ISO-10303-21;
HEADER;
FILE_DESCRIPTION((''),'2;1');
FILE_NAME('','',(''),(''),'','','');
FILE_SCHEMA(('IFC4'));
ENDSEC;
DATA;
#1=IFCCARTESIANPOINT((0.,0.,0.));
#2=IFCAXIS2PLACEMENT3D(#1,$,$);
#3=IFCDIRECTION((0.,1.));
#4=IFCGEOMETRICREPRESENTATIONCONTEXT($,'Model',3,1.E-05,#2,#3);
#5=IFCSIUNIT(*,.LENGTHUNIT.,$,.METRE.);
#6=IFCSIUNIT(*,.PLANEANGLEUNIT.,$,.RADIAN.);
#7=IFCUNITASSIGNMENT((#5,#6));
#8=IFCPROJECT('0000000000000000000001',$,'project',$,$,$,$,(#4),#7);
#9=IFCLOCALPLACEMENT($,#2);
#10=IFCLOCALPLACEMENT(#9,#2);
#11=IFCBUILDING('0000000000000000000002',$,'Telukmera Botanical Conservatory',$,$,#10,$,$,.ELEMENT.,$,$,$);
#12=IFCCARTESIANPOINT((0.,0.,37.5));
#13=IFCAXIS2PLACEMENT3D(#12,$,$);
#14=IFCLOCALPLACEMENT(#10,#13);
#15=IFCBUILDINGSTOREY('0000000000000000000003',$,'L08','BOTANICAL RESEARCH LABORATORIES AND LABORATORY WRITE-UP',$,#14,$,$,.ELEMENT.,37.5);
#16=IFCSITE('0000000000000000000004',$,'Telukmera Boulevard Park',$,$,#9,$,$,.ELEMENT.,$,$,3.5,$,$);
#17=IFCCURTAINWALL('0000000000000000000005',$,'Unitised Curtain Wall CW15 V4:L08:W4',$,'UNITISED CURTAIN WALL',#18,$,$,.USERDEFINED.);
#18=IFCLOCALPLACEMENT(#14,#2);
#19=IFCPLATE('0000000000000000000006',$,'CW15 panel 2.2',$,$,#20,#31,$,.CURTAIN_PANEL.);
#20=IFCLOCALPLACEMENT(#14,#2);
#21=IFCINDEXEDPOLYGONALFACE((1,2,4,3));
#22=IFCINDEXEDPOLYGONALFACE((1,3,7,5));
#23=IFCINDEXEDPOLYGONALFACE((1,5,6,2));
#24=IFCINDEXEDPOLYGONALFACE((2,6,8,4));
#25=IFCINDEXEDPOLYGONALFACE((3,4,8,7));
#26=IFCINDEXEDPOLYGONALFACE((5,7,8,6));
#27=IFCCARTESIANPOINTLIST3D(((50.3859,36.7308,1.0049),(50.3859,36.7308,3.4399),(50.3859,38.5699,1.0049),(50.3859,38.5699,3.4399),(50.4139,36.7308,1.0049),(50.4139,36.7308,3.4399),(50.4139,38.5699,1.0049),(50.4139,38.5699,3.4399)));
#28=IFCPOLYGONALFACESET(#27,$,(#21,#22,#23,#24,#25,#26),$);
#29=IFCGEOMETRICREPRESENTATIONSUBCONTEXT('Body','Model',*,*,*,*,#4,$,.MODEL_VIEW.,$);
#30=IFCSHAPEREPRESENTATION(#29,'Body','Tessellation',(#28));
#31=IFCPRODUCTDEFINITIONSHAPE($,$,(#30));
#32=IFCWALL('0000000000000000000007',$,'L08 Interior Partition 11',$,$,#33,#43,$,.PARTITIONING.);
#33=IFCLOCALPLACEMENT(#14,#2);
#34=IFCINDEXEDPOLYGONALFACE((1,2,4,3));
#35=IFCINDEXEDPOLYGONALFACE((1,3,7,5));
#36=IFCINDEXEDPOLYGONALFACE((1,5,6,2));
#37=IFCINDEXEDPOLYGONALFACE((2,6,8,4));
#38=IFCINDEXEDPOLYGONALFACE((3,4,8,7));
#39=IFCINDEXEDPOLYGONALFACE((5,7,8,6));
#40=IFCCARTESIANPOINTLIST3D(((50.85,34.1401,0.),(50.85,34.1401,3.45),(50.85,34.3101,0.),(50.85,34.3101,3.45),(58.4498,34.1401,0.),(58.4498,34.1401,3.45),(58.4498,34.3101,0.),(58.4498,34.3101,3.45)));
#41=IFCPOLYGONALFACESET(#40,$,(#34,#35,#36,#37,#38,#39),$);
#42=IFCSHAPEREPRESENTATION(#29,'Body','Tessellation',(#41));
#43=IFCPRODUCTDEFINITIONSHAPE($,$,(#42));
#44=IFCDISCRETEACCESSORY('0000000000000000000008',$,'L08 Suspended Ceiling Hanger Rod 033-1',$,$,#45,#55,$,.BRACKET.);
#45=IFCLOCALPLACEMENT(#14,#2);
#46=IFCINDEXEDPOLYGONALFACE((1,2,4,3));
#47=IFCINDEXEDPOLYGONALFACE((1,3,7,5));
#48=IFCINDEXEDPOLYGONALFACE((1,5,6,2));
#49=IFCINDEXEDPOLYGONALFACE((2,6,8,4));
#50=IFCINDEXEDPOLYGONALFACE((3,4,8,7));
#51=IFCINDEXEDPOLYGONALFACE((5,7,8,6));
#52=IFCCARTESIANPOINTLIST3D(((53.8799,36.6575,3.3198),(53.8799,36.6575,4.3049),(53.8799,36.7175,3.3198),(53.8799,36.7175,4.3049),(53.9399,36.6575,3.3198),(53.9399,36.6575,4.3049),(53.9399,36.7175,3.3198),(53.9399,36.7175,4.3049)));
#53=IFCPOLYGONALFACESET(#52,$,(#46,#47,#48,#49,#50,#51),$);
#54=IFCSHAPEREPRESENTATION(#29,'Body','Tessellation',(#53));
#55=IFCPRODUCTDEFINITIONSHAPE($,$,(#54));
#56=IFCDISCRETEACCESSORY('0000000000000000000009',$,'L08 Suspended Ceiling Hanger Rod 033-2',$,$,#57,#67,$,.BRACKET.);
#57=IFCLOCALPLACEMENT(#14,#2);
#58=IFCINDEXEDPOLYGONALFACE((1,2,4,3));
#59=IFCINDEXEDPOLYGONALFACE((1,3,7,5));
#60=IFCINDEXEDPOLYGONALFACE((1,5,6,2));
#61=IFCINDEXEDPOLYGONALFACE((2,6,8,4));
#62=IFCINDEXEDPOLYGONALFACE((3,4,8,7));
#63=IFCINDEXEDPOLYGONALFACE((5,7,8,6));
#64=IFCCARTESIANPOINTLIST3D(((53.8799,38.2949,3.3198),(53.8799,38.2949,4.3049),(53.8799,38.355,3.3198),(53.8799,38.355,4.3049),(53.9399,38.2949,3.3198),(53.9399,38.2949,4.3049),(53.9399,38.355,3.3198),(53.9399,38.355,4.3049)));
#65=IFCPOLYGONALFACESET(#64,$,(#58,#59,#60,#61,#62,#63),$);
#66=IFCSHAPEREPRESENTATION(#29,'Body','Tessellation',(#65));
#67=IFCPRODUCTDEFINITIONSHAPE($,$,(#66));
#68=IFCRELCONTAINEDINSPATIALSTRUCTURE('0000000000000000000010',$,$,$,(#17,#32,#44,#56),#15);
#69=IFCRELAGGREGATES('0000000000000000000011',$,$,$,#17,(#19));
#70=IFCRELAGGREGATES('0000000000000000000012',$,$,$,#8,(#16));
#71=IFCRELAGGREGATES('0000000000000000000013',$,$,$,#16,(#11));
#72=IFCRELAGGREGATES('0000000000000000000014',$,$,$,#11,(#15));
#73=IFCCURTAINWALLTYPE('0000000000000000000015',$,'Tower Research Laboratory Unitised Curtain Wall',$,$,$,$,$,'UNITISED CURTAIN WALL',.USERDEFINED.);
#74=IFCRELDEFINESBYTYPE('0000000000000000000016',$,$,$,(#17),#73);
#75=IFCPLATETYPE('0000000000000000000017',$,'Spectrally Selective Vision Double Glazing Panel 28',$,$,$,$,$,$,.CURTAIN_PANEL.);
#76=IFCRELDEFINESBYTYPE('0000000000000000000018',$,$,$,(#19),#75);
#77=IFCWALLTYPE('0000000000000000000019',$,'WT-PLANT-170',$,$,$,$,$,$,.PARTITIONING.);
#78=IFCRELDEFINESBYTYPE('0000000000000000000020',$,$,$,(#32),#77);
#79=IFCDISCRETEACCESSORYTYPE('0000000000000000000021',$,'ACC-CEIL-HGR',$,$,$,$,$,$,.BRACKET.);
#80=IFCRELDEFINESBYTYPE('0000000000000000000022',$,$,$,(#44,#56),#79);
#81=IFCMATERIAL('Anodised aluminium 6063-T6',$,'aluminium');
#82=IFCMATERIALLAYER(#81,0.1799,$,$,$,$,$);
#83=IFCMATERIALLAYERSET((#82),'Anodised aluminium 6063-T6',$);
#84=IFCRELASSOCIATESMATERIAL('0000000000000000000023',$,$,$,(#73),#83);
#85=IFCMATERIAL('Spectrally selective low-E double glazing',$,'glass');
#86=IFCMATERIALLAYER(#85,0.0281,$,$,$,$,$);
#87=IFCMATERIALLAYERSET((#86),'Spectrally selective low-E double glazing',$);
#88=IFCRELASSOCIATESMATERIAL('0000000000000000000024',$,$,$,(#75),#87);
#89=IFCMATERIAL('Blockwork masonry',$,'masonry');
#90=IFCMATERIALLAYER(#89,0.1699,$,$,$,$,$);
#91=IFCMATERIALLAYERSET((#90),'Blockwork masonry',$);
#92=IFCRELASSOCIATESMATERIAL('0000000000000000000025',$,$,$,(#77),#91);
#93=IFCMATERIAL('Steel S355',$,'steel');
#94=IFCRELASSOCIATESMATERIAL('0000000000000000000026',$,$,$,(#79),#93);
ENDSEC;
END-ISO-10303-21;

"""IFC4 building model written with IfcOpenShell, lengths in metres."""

from ifc_helpers import new_model, si_unit, direction, frame, frame_2d, origin, origin_2d, place, context, subcontext, project, spatial, rectangle, extrude, material, layer, layer_set, type_object, element, aggregate, save


model = new_model("IFC4")

# Units and contexts
model_context = context("Model", 3, precision=1e-05, world=origin(), true_north=direction((0.0, 1.0)))
body_context = subcontext(model_context, "Body", "Model", "MODEL_VIEW")
ifc_project = project(units=[si_unit("LENGTHUNIT", "METRE"), si_unit("PLANEANGLEUNIT", "RADIAN")], contexts=[model_context])

# Site, building, storey
site_placement = place(None, origin())
site = spatial("IfcSite", under=ifc_project, at=site_placement, Name="Telukmera Boulevard Park", CompositionType="ELEMENT", RefElevation=3.5)
building_placement = place(site_placement, origin())
building = spatial("IfcBuilding", under=site, at=building_placement, Name="Telukmera Botanical Conservatory", CompositionType="ELEMENT")
storey_placement = place(building_placement, frame((0.0, 0.0, 37.5)))
storey = spatial("IfcBuildingStorey", under=building, at=storey_placement, Name="L08", Description="BOTANICAL RESEARCH LABORATORIES AND LABORATORY WRITE-UP", CompositionType="ELEMENT", Elevation=37.5)

# Curtain wall, plate
ifc_material_1 = material(Name="Anodised aluminium 6063-T6", Category="aluminium")
ifc_layer_1 = layer(ifc_material_1, 0.1799)
ifc_layer_set_1 = layer_set([ifc_layer_1], Name="Anodised aluminium 6063-T6")
curtain_wall_type = type_object("IfcCurtainWallType", Name="Tower Research Laboratory Unitised Curtain Wall", ElementType="UNITISED CURTAIN WALL", PredefinedType="USERDEFINED", material=ifc_layer_set_1)
curtain_wall_placement = place(storey_placement, origin())
curtain_wall = element("IfcCurtainWall", 1, at=curtain_wall_placement, inside=storey, type_object=curtain_wall_type, Name="Unitised Curtain Wall CW15 V4:L08:W4", ObjectType="UNITISED CURTAIN WALL", PredefinedType="USERDEFINED")
ifc_material_2 = material(Name="Spectrally selective low-E double glazing", Category="glass")
ifc_layer_2 = layer(ifc_material_2, 0.0281)
ifc_layer_set_2 = layer_set([ifc_layer_2], Name="Spectrally selective low-E double glazing")
plate_type = type_object("IfcPlateType", Name="Spectrally Selective Vision Double Glazing Panel 28", PredefinedType="CURTAIN_PANEL", material=ifc_layer_set_2)
plate_1_placement = place(storey_placement, frame((50.3999, 37.6504, 1.0049), z_axis=(0.0, 0.0, 1.0), x_axis=(0.0, 1.0, 0.0)))
plate_1 = element("IfcPlate", 2, at=plate_1_placement, type_object=plate_type, Name="CW15 panel 2.2", PredefinedType="CURTAIN_PANEL", context=body_context, shape_type="SweptSolid", body=[
    extrude(rectangle(XDim=1.8391, YDim=0.0281, at=origin_2d()), origin(), (0.0, 0.0, 1.0), 2.4351),
])
aggregate(curtain_wall, [plate_1])

# Wall
ifc_material_3 = material(Name="Blockwork masonry", Category="masonry")
ifc_layer_3 = layer(ifc_material_3, 0.1699)
ifc_layer_set_3 = layer_set([ifc_layer_3], Name="Blockwork masonry")
wall_type = type_object("IfcWallType", Name="WT-PLANT-170", PredefinedType="PARTITIONING", material=ifc_layer_set_3)
wall_placement = place(storey_placement, frame((50.8501, 34.2251, 0.0), z_axis=(0.0, 0.0, 1.0), x_axis=(1.0, 0.0, 0.0)))
element("IfcWall", 3, at=wall_placement, inside=storey, type_object=wall_type, Name="L08 Interior Partition 11", PredefinedType="PARTITIONING", context=body_context, shape_type="SweptSolid", body=[
    extrude(rectangle(XDim=7.5999, YDim=0.1699, at=frame_2d((3.7998, 0.0))), origin(), (0.0, 0.0, 1.0), 3.45),
])

# Discrete accessories
ifc_material_4 = material(Name="Steel S355", Category="steel")
discrete_accessory_type = type_object("IfcDiscreteAccessoryType", Name="ACC-CEIL-HGR", PredefinedType="BRACKET", material=ifc_material_4)
for number, where, z_axis, x_axis, name in (
    (4, (53.9099, 36.6875, 3.3198), (0.0, 0.0, 1.0), (1.0, 0.0, 0.0), "L08 Suspended Ceiling Hanger Rod 033-1"),
    (5, (53.9099, 38.325, 3.3198), (0.0, 0.0, 1.0), (1.0, 0.0, 0.0), "L08 Suspended Ceiling Hanger Rod 033-2"),
):
    element("IfcDiscreteAccessory", number, at=place(storey_placement, frame(where, z_axis=z_axis, x_axis=x_axis)), inside=storey, type_object=discrete_accessory_type, Name=name, PredefinedType="BRACKET", context=body_context, shape_type="SweptSolid", body=[
        extrude(rectangle(XDim=0.0601, YDim=0.0601, at=origin_2d()), origin(), (0.0, 0.0, 1.0), 0.9851),
    ])

save(model, "model.ifc")
